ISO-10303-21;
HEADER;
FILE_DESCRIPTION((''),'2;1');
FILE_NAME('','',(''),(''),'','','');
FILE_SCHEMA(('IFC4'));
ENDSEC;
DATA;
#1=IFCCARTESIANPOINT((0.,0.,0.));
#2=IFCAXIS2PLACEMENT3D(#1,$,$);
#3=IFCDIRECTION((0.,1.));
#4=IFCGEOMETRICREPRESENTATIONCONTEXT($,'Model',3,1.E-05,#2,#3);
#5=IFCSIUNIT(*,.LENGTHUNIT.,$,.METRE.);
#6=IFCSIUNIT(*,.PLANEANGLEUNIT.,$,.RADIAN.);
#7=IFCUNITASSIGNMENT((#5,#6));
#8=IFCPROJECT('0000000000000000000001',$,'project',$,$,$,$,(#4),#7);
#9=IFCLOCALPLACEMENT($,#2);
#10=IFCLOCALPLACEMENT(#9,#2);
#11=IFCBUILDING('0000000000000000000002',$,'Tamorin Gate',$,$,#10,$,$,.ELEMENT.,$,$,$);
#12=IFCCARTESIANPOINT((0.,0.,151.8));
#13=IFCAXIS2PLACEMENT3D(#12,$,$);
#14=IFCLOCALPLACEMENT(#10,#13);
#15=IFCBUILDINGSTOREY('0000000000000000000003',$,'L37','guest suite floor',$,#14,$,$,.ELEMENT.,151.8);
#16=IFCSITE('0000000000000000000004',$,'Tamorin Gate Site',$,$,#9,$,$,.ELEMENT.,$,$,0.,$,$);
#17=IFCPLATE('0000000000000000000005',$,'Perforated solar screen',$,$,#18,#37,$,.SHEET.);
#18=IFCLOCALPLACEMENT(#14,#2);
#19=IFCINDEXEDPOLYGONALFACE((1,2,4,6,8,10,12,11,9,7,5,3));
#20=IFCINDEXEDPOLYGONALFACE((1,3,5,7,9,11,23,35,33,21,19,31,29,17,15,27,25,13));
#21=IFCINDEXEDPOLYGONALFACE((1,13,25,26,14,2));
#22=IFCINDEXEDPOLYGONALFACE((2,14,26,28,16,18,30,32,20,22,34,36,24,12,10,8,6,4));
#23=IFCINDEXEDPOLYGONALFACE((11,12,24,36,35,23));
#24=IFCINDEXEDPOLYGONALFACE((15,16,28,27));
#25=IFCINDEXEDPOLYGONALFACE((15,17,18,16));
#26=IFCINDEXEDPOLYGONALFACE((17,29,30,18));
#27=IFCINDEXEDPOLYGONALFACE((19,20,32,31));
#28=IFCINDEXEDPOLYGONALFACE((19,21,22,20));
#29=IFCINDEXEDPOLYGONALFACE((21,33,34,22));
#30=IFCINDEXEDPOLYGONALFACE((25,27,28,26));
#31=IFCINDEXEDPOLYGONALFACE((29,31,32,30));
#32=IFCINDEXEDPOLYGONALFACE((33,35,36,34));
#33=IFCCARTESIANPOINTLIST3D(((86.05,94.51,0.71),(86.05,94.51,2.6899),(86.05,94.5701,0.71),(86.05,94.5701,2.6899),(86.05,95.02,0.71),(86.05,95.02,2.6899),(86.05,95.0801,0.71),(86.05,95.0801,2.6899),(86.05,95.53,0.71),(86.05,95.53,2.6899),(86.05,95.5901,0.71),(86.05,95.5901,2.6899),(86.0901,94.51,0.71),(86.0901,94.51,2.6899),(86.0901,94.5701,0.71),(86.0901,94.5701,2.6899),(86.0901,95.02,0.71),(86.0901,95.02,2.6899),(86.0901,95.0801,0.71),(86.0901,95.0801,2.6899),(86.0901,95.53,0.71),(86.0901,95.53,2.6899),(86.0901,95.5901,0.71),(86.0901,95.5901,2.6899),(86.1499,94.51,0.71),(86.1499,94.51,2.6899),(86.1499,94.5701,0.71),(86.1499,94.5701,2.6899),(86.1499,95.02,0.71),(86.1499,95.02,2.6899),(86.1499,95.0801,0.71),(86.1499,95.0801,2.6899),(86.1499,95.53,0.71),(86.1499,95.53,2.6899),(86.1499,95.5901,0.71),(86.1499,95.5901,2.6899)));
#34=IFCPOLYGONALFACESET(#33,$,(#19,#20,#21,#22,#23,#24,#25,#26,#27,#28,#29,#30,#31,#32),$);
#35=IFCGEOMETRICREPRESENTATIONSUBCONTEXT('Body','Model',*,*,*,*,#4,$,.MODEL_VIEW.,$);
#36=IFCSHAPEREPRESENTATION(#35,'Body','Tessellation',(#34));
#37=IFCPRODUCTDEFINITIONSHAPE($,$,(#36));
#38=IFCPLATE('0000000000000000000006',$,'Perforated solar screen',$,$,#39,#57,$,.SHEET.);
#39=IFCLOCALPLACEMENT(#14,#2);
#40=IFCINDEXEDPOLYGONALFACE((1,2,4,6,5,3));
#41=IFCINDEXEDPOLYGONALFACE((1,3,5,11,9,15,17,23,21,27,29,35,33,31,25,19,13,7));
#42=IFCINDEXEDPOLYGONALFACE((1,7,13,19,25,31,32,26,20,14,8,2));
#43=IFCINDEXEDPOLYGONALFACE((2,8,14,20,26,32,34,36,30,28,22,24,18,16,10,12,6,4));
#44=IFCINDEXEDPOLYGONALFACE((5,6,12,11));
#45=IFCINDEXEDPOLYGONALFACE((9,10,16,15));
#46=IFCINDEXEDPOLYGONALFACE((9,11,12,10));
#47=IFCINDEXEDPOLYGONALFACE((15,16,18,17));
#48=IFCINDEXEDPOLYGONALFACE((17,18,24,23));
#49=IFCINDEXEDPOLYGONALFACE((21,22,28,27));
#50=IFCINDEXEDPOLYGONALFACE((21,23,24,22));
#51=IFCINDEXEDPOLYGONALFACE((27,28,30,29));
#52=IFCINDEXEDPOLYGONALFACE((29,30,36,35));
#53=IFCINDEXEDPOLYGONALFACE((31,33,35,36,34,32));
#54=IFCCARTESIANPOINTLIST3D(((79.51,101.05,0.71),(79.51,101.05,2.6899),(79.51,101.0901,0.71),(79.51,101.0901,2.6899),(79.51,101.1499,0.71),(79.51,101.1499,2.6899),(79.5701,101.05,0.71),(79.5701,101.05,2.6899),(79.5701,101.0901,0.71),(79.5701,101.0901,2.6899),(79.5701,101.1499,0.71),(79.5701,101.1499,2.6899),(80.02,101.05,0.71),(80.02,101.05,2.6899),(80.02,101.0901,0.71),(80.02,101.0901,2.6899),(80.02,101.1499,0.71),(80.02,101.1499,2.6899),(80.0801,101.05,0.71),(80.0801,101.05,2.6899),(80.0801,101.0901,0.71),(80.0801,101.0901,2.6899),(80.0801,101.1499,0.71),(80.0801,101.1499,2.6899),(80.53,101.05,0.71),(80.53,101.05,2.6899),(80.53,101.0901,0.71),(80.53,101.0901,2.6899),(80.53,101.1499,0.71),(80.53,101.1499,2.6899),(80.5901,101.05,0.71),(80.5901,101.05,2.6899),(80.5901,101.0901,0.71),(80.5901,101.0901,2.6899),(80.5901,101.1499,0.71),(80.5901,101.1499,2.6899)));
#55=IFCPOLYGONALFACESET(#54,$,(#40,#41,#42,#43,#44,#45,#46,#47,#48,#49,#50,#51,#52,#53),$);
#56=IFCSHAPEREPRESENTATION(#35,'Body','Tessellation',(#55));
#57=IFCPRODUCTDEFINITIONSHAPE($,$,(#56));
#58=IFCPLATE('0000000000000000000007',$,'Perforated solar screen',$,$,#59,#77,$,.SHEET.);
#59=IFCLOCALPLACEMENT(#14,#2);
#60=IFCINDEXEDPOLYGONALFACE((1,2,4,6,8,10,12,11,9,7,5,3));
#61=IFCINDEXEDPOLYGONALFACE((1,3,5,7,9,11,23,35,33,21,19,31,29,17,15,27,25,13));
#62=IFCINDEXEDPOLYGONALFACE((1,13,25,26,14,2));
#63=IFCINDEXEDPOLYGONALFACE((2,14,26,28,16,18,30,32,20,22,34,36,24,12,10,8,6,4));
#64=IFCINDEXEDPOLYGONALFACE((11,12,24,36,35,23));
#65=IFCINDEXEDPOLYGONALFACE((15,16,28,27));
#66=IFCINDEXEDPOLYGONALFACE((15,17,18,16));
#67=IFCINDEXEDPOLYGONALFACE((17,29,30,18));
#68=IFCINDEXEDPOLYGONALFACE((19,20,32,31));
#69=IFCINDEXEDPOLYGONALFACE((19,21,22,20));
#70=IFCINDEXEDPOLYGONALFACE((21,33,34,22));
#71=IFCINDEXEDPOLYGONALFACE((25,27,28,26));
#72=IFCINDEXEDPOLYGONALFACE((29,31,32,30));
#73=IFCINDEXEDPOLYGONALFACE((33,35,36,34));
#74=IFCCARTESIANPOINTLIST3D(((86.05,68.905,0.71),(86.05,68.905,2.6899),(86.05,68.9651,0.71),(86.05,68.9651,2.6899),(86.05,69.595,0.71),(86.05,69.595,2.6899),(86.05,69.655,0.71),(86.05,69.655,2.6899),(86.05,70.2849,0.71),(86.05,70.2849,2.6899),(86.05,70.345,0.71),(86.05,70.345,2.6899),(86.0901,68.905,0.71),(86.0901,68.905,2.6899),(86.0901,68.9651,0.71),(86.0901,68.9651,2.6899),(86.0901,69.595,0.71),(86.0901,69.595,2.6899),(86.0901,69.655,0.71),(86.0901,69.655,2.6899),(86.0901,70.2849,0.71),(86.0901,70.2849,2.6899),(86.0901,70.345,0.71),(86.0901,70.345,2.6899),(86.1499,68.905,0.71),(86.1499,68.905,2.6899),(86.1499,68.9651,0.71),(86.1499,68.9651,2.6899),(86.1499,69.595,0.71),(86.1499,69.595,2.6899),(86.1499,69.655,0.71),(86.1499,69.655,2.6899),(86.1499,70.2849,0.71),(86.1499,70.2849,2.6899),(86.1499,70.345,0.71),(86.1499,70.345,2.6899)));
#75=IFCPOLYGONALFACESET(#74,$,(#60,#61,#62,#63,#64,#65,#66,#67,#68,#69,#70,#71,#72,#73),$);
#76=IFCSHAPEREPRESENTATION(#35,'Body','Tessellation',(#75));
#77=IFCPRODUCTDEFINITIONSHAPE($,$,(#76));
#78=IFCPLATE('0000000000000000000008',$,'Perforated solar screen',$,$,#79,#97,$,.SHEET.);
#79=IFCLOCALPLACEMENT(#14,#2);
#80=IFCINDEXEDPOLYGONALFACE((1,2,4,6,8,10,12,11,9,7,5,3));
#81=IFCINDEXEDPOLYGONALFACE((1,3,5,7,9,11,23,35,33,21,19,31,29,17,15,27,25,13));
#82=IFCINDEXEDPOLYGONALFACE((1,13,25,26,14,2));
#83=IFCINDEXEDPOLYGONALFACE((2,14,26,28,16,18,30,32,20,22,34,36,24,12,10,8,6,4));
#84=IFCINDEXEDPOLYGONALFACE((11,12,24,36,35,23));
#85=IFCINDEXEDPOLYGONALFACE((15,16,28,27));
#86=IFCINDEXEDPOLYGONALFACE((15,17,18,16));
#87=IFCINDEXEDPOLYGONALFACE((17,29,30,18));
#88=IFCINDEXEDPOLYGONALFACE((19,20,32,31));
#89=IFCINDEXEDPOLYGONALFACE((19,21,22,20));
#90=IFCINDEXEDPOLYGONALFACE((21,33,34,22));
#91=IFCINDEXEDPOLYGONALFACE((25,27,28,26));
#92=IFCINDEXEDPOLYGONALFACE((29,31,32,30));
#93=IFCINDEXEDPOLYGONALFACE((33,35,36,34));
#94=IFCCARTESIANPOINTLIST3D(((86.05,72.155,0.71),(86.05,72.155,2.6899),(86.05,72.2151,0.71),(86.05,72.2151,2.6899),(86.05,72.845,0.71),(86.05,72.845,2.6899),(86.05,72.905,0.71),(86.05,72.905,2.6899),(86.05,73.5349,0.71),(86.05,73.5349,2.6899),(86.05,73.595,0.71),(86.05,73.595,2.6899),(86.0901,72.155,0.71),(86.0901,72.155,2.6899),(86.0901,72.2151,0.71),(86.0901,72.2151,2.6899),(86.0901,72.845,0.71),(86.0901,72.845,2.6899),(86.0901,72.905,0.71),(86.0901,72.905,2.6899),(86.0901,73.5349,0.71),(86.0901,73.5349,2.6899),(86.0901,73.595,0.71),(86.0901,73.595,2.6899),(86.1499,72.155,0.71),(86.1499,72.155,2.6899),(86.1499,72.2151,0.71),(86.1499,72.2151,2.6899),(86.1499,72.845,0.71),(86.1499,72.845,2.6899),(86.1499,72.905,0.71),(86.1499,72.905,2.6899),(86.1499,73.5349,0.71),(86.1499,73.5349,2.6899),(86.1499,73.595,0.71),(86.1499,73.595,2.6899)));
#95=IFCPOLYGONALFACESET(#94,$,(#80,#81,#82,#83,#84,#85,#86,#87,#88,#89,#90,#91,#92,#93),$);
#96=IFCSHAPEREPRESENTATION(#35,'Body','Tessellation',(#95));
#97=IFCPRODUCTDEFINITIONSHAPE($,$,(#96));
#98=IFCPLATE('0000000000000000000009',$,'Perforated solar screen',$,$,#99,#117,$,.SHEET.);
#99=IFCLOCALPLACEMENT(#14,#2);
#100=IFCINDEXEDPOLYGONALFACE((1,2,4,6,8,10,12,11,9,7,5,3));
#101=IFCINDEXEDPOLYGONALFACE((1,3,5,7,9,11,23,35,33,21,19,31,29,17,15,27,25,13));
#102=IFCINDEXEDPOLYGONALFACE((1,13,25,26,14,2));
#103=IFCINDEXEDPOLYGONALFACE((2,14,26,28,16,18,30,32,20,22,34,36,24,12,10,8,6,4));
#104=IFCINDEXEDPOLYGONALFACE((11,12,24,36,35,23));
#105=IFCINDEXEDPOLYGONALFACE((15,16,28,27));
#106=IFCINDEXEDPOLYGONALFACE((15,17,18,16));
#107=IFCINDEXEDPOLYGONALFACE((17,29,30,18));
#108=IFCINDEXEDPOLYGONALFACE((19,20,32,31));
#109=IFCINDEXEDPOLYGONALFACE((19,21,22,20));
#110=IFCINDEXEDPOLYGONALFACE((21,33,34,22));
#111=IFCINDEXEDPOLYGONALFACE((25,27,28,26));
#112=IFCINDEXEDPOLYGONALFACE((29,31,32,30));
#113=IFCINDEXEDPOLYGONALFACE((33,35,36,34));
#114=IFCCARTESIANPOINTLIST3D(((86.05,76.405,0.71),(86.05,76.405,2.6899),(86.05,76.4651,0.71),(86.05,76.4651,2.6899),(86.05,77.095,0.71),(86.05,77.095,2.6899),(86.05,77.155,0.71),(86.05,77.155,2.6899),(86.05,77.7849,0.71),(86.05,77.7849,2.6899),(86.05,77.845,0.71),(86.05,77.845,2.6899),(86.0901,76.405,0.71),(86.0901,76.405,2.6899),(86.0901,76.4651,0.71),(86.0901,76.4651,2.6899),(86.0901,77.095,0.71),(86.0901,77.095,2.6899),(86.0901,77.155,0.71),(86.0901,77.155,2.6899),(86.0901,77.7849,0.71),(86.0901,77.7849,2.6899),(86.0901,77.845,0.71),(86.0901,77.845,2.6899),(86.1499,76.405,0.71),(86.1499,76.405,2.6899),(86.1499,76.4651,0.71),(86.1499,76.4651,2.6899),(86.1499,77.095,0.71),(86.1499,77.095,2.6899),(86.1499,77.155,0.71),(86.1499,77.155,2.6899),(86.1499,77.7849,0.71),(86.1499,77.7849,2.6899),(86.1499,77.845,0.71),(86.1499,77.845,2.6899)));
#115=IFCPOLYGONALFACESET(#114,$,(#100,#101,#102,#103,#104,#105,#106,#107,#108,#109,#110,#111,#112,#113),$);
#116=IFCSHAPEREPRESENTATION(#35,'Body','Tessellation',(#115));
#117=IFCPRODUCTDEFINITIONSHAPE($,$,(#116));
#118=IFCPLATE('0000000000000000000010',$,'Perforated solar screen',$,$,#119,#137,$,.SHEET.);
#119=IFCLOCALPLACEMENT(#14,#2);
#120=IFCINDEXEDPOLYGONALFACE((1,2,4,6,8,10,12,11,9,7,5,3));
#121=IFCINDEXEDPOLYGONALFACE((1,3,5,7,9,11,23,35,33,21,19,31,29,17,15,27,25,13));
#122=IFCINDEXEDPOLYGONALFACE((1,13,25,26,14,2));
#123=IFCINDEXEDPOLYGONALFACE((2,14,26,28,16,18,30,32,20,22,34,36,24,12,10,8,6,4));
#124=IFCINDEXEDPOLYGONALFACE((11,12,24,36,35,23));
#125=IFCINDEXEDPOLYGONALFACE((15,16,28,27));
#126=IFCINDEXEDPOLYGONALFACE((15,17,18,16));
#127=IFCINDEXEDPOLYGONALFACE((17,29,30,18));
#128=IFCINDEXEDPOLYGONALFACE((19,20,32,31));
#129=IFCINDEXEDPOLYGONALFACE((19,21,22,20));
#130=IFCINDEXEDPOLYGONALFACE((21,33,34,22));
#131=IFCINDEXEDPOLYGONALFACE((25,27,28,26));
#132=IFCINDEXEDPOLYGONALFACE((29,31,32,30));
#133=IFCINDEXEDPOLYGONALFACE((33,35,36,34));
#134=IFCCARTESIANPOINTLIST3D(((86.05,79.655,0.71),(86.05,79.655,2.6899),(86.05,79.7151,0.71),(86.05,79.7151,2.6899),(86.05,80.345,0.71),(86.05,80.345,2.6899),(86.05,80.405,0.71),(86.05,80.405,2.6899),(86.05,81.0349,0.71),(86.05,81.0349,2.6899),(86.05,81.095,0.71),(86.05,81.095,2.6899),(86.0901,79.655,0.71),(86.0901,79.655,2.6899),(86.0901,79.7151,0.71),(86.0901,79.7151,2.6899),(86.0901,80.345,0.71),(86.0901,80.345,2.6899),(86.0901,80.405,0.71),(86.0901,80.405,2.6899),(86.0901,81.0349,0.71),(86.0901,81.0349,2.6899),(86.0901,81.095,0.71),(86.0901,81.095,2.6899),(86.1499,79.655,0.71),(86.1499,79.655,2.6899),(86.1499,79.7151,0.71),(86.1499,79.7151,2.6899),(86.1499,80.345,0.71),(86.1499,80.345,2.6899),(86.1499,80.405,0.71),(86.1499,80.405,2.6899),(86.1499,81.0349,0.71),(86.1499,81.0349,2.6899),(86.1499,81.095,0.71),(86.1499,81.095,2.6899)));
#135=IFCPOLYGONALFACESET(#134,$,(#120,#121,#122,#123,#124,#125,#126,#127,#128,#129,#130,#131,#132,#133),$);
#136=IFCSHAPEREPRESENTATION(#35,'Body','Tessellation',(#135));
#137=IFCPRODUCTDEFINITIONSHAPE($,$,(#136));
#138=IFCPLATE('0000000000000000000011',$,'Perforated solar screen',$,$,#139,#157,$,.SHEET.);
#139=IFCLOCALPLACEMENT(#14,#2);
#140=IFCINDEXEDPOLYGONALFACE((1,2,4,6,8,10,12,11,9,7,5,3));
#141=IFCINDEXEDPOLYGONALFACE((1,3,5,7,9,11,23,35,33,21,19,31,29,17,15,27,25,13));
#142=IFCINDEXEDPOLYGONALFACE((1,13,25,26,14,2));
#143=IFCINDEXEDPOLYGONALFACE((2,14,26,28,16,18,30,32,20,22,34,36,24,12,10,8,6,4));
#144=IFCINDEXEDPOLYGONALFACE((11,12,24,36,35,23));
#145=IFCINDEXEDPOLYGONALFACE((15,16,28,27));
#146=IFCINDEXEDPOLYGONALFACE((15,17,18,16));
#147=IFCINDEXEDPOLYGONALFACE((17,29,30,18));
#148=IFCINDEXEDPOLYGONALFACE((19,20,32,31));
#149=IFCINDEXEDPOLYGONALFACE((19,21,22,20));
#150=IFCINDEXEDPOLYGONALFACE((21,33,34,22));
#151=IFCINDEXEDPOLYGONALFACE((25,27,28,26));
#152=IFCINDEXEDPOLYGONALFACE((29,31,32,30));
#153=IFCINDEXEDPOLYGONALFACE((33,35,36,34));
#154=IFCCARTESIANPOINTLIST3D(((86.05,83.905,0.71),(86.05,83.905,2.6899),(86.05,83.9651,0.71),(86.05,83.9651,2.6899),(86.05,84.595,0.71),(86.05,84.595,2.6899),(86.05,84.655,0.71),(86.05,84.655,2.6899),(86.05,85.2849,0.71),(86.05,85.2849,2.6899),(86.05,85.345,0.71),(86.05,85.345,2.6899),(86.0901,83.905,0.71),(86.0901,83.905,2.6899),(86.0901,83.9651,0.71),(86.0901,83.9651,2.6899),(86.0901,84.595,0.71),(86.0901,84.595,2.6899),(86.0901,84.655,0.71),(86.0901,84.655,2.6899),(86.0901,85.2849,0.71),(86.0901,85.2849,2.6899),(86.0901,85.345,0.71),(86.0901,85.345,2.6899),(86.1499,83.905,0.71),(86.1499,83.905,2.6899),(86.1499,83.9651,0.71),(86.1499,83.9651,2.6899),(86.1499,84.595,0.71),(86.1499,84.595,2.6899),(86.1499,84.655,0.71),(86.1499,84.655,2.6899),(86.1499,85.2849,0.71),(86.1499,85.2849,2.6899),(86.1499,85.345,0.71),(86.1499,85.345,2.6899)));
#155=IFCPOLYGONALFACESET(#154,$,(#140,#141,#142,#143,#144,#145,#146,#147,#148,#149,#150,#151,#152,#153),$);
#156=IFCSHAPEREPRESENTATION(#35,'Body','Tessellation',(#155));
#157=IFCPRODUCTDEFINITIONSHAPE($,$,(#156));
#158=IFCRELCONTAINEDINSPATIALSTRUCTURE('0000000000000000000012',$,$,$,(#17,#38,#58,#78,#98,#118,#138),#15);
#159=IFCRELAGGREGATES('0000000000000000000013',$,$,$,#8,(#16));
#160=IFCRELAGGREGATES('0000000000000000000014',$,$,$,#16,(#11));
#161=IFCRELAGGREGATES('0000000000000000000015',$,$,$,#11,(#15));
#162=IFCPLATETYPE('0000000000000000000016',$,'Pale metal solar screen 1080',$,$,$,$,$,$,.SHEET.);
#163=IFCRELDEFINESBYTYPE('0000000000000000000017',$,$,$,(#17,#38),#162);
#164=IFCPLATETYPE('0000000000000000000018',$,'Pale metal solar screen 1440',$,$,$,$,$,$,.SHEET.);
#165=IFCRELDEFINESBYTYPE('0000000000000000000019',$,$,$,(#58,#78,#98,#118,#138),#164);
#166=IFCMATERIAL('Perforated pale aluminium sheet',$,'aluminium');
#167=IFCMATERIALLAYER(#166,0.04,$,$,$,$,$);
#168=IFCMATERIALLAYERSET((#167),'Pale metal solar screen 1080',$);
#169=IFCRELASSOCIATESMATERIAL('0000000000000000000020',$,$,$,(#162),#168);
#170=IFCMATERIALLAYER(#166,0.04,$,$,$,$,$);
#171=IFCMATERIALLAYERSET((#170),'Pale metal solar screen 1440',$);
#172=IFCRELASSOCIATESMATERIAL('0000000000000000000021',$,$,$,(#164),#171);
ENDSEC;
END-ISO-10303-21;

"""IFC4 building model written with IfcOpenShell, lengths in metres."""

from ifc_helpers import new_model, si_unit, direction, frame, origin, place, context, subcontext, project, spatial, polyline, outline, extrude, material, layer, layer_set, type_object, element, save


model = new_model("IFC4")

# Units and contexts
model_context = context("Model", 3, precision=1e-05, world=origin(), true_north=direction((0.0, 1.0)))
body_context = subcontext(model_context, "Body", "Model", "MODEL_VIEW")
ifc_project = project(units=[si_unit("LENGTHUNIT", "METRE"), si_unit("PLANEANGLEUNIT", "RADIAN")], contexts=[model_context])

# Site, building, storey
site_placement = place(None, origin())
site = spatial("IfcSite", under=ifc_project, at=site_placement, Name="Tamorin Gate Site", CompositionType="ELEMENT", RefElevation=0.0)
building_placement = place(site_placement, origin())
building = spatial("IfcBuilding", under=site, at=building_placement, Name="Tamorin Gate", CompositionType="ELEMENT")
storey_placement = place(building_placement, frame((0.0, 0.0, 151.8)))
storey = spatial("IfcBuildingStorey", under=building, at=storey_placement, Name="L37", Description="guest suite floor", CompositionType="ELEMENT", Elevation=151.8)

# Plates
ifc_material = material(Name="Perforated pale aluminium sheet", Category="aluminium")
ifc_layer_1 = layer(ifc_material, 0.04)
ifc_layer_set_1 = layer_set([ifc_layer_1], Name="Pale metal solar screen 1080")
plate_type_1 = type_object("IfcPlateType", Name="Pale metal solar screen 1080", PredefinedType="SHEET", material=ifc_layer_set_1)
plate_1_placement = place(storey_placement, frame((0.0, 0.0, 0.71)))
element("IfcPlate", 1, at=plate_1_placement, inside=storey, type_object=plate_type_1, Name="Perforated solar screen", PredefinedType="SHEET", context=body_context, shape_type="SweptSolid", body=[
    extrude(outline(polyline([(86.0901, 94.51), (86.05, 94.51), (86.05, 94.5701), (86.05, 95.02), (86.05, 95.0801), (86.05, 95.53), (86.05, 95.5901), (86.0901, 95.5901), (86.1499, 95.5901), (86.1499, 95.53), (86.0901, 95.53), (86.0901, 95.0801), (86.1499, 95.0801), (86.1499, 95.02), (86.0901, 95.02), (86.0901, 94.5701), (86.1499, 94.5701), (86.1499, 94.51), (86.0901, 94.51)])), origin(), (0.0, 0.0, 1.0), 1.98),
])
plate_2_placement = place(storey_placement, frame((0.0, 0.0, 0.71)))
element("IfcPlate", 2, at=plate_2_placement, inside=storey, type_object=plate_type_1, Name="Perforated solar screen", PredefinedType="SHEET", context=body_context, shape_type="SweptSolid", body=[
    extrude(outline(polyline([(80.5901, 101.0901), (80.5901, 101.05), (80.53, 101.05), (80.0801, 101.05), (80.02, 101.05), (79.5701, 101.05), (79.51, 101.05), (79.51, 101.0901), (79.51, 101.1499), (79.5701, 101.1499), (79.5701, 101.0901), (80.02, 101.0901), (80.02, 101.1499), (80.0801, 101.1499), (80.0801, 101.0901), (80.53, 101.0901), (80.53, 101.1499), (80.5901, 101.1499), (80.5901, 101.0901)])), origin(), (0.0, 0.0, 1.0), 1.98),
])
ifc_layer_2 = layer(ifc_material, 0.04)
ifc_layer_set_2 = layer_set([ifc_layer_2], Name="Pale metal solar screen 1440")
plate_type_2 = type_object("IfcPlateType", Name="Pale metal solar screen 1440", PredefinedType="SHEET", material=ifc_layer_set_2)
plate_3_placement = place(storey_placement, frame((0.0, 0.0, 0.71)))
element("IfcPlate", 3, at=plate_3_placement, inside=storey, type_object=plate_type_2, Name="Perforated solar screen", PredefinedType="SHEET", context=body_context, shape_type="SweptSolid", body=[
    extrude(outline(polyline([(86.0901, 68.905), (86.05, 68.905), (86.05, 68.9651), (86.05, 69.595), (86.05, 69.655), (86.05, 70.2849), (86.05, 70.345), (86.0901, 70.345), (86.1499, 70.345), (86.1499, 70.2849), (86.0901, 70.2849), (86.0901, 69.655), (86.1499, 69.655), (86.1499, 69.595), (86.0901, 69.595), (86.0901, 68.9651), (86.1499, 68.9651), (86.1499, 68.905), (86.0901, 68.905)])), origin(), (0.0, 0.0, 1.0), 1.98),
])
plate_4_placement = place(storey_placement, frame((0.0, 0.0, 0.71)))
element("IfcPlate", 4, at=plate_4_placement, inside=storey, type_object=plate_type_2, Name="Perforated solar screen", PredefinedType="SHEET", context=body_context, shape_type="SweptSolid", body=[
    extrude(outline(polyline([(86.0901, 72.155), (86.05, 72.155), (86.05, 72.2151), (86.05, 72.845), (86.05, 72.905), (86.05, 73.5349), (86.05, 73.595), (86.0901, 73.595), (86.1499, 73.595), (86.1499, 73.5349), (86.0901, 73.5349), (86.0901, 72.905), (86.1499, 72.905), (86.1499, 72.845), (86.0901, 72.845), (86.0901, 72.2151), (86.1499, 72.2151), (86.1499, 72.155), (86.0901, 72.155)])), origin(), (0.0, 0.0, 1.0), 1.98),
])
plate_5_placement = place(storey_placement, frame((0.0, 0.0, 0.71)))
element("IfcPlate", 5, at=plate_5_placement, inside=storey, type_object=plate_type_2, Name="Perforated solar screen", PredefinedType="SHEET", context=body_context, shape_type="SweptSolid", body=[
    extrude(outline(polyline([(86.0901, 76.405), (86.05, 76.405), (86.05, 76.4651), (86.05, 77.095), (86.05, 77.155), (86.05, 77.7849), (86.05, 77.845), (86.0901, 77.845), (86.1499, 77.845), (86.1499, 77.7849), (86.0901, 77.7849), (86.0901, 77.155), (86.1499, 77.155), (86.1499, 77.095), (86.0901, 77.095), (86.0901, 76.4651), (86.1499, 76.4651), (86.1499, 76.405), (86.0901, 76.405)])), origin(), (0.0, 0.0, 1.0), 1.98),
])
plate_6_placement = place(storey_placement, frame((0.0, 0.0, 0.71)))
element("IfcPlate", 6, at=plate_6_placement, inside=storey, type_object=plate_type_2, Name="Perforated solar screen", PredefinedType="SHEET", context=body_context, shape_type="SweptSolid", body=[
    extrude(outline(polyline([(86.0901, 79.655), (86.05, 79.655), (86.05, 79.7151), (86.05, 80.345), (86.05, 80.405), (86.05, 81.0349), (86.05, 81.095), (86.0901, 81.095), (86.1499, 81.095), (86.1499, 81.0349), (86.0901, 81.0349), (86.0901, 80.405), (86.1499, 80.405), (86.1499, 80.345), (86.0901, 80.345), (86.0901, 79.7151), (86.1499, 79.7151), (86.1499, 79.655), (86.0901, 79.655)])), origin(), (0.0, 0.0, 1.0), 1.98),
])
plate_7_placement = place(storey_placement, frame((0.0, 0.0, 0.71)))
element("IfcPlate", 7, at=plate_7_placement, inside=storey, type_object=plate_type_2, Name="Perforated solar screen", PredefinedType="SHEET", context=body_context, shape_type="SweptSolid", body=[
    extrude(outline(polyline([(86.0901, 83.905), (86.05, 83.905), (86.05, 83.9651), (86.05, 84.595), (86.05, 84.655), (86.05, 85.2849), (86.05, 85.345), (86.0901, 85.345), (86.1499, 85.345), (86.1499, 85.2849), (86.0901, 85.2849), (86.0901, 84.655), (86.1499, 84.655), (86.1499, 84.595), (86.0901, 84.595), (86.0901, 83.9651), (86.1499, 83.9651), (86.1499, 83.905), (86.0901, 83.905)])), origin(), (0.0, 0.0, 1.0), 1.98),
])

save(model, "model.ifc")
